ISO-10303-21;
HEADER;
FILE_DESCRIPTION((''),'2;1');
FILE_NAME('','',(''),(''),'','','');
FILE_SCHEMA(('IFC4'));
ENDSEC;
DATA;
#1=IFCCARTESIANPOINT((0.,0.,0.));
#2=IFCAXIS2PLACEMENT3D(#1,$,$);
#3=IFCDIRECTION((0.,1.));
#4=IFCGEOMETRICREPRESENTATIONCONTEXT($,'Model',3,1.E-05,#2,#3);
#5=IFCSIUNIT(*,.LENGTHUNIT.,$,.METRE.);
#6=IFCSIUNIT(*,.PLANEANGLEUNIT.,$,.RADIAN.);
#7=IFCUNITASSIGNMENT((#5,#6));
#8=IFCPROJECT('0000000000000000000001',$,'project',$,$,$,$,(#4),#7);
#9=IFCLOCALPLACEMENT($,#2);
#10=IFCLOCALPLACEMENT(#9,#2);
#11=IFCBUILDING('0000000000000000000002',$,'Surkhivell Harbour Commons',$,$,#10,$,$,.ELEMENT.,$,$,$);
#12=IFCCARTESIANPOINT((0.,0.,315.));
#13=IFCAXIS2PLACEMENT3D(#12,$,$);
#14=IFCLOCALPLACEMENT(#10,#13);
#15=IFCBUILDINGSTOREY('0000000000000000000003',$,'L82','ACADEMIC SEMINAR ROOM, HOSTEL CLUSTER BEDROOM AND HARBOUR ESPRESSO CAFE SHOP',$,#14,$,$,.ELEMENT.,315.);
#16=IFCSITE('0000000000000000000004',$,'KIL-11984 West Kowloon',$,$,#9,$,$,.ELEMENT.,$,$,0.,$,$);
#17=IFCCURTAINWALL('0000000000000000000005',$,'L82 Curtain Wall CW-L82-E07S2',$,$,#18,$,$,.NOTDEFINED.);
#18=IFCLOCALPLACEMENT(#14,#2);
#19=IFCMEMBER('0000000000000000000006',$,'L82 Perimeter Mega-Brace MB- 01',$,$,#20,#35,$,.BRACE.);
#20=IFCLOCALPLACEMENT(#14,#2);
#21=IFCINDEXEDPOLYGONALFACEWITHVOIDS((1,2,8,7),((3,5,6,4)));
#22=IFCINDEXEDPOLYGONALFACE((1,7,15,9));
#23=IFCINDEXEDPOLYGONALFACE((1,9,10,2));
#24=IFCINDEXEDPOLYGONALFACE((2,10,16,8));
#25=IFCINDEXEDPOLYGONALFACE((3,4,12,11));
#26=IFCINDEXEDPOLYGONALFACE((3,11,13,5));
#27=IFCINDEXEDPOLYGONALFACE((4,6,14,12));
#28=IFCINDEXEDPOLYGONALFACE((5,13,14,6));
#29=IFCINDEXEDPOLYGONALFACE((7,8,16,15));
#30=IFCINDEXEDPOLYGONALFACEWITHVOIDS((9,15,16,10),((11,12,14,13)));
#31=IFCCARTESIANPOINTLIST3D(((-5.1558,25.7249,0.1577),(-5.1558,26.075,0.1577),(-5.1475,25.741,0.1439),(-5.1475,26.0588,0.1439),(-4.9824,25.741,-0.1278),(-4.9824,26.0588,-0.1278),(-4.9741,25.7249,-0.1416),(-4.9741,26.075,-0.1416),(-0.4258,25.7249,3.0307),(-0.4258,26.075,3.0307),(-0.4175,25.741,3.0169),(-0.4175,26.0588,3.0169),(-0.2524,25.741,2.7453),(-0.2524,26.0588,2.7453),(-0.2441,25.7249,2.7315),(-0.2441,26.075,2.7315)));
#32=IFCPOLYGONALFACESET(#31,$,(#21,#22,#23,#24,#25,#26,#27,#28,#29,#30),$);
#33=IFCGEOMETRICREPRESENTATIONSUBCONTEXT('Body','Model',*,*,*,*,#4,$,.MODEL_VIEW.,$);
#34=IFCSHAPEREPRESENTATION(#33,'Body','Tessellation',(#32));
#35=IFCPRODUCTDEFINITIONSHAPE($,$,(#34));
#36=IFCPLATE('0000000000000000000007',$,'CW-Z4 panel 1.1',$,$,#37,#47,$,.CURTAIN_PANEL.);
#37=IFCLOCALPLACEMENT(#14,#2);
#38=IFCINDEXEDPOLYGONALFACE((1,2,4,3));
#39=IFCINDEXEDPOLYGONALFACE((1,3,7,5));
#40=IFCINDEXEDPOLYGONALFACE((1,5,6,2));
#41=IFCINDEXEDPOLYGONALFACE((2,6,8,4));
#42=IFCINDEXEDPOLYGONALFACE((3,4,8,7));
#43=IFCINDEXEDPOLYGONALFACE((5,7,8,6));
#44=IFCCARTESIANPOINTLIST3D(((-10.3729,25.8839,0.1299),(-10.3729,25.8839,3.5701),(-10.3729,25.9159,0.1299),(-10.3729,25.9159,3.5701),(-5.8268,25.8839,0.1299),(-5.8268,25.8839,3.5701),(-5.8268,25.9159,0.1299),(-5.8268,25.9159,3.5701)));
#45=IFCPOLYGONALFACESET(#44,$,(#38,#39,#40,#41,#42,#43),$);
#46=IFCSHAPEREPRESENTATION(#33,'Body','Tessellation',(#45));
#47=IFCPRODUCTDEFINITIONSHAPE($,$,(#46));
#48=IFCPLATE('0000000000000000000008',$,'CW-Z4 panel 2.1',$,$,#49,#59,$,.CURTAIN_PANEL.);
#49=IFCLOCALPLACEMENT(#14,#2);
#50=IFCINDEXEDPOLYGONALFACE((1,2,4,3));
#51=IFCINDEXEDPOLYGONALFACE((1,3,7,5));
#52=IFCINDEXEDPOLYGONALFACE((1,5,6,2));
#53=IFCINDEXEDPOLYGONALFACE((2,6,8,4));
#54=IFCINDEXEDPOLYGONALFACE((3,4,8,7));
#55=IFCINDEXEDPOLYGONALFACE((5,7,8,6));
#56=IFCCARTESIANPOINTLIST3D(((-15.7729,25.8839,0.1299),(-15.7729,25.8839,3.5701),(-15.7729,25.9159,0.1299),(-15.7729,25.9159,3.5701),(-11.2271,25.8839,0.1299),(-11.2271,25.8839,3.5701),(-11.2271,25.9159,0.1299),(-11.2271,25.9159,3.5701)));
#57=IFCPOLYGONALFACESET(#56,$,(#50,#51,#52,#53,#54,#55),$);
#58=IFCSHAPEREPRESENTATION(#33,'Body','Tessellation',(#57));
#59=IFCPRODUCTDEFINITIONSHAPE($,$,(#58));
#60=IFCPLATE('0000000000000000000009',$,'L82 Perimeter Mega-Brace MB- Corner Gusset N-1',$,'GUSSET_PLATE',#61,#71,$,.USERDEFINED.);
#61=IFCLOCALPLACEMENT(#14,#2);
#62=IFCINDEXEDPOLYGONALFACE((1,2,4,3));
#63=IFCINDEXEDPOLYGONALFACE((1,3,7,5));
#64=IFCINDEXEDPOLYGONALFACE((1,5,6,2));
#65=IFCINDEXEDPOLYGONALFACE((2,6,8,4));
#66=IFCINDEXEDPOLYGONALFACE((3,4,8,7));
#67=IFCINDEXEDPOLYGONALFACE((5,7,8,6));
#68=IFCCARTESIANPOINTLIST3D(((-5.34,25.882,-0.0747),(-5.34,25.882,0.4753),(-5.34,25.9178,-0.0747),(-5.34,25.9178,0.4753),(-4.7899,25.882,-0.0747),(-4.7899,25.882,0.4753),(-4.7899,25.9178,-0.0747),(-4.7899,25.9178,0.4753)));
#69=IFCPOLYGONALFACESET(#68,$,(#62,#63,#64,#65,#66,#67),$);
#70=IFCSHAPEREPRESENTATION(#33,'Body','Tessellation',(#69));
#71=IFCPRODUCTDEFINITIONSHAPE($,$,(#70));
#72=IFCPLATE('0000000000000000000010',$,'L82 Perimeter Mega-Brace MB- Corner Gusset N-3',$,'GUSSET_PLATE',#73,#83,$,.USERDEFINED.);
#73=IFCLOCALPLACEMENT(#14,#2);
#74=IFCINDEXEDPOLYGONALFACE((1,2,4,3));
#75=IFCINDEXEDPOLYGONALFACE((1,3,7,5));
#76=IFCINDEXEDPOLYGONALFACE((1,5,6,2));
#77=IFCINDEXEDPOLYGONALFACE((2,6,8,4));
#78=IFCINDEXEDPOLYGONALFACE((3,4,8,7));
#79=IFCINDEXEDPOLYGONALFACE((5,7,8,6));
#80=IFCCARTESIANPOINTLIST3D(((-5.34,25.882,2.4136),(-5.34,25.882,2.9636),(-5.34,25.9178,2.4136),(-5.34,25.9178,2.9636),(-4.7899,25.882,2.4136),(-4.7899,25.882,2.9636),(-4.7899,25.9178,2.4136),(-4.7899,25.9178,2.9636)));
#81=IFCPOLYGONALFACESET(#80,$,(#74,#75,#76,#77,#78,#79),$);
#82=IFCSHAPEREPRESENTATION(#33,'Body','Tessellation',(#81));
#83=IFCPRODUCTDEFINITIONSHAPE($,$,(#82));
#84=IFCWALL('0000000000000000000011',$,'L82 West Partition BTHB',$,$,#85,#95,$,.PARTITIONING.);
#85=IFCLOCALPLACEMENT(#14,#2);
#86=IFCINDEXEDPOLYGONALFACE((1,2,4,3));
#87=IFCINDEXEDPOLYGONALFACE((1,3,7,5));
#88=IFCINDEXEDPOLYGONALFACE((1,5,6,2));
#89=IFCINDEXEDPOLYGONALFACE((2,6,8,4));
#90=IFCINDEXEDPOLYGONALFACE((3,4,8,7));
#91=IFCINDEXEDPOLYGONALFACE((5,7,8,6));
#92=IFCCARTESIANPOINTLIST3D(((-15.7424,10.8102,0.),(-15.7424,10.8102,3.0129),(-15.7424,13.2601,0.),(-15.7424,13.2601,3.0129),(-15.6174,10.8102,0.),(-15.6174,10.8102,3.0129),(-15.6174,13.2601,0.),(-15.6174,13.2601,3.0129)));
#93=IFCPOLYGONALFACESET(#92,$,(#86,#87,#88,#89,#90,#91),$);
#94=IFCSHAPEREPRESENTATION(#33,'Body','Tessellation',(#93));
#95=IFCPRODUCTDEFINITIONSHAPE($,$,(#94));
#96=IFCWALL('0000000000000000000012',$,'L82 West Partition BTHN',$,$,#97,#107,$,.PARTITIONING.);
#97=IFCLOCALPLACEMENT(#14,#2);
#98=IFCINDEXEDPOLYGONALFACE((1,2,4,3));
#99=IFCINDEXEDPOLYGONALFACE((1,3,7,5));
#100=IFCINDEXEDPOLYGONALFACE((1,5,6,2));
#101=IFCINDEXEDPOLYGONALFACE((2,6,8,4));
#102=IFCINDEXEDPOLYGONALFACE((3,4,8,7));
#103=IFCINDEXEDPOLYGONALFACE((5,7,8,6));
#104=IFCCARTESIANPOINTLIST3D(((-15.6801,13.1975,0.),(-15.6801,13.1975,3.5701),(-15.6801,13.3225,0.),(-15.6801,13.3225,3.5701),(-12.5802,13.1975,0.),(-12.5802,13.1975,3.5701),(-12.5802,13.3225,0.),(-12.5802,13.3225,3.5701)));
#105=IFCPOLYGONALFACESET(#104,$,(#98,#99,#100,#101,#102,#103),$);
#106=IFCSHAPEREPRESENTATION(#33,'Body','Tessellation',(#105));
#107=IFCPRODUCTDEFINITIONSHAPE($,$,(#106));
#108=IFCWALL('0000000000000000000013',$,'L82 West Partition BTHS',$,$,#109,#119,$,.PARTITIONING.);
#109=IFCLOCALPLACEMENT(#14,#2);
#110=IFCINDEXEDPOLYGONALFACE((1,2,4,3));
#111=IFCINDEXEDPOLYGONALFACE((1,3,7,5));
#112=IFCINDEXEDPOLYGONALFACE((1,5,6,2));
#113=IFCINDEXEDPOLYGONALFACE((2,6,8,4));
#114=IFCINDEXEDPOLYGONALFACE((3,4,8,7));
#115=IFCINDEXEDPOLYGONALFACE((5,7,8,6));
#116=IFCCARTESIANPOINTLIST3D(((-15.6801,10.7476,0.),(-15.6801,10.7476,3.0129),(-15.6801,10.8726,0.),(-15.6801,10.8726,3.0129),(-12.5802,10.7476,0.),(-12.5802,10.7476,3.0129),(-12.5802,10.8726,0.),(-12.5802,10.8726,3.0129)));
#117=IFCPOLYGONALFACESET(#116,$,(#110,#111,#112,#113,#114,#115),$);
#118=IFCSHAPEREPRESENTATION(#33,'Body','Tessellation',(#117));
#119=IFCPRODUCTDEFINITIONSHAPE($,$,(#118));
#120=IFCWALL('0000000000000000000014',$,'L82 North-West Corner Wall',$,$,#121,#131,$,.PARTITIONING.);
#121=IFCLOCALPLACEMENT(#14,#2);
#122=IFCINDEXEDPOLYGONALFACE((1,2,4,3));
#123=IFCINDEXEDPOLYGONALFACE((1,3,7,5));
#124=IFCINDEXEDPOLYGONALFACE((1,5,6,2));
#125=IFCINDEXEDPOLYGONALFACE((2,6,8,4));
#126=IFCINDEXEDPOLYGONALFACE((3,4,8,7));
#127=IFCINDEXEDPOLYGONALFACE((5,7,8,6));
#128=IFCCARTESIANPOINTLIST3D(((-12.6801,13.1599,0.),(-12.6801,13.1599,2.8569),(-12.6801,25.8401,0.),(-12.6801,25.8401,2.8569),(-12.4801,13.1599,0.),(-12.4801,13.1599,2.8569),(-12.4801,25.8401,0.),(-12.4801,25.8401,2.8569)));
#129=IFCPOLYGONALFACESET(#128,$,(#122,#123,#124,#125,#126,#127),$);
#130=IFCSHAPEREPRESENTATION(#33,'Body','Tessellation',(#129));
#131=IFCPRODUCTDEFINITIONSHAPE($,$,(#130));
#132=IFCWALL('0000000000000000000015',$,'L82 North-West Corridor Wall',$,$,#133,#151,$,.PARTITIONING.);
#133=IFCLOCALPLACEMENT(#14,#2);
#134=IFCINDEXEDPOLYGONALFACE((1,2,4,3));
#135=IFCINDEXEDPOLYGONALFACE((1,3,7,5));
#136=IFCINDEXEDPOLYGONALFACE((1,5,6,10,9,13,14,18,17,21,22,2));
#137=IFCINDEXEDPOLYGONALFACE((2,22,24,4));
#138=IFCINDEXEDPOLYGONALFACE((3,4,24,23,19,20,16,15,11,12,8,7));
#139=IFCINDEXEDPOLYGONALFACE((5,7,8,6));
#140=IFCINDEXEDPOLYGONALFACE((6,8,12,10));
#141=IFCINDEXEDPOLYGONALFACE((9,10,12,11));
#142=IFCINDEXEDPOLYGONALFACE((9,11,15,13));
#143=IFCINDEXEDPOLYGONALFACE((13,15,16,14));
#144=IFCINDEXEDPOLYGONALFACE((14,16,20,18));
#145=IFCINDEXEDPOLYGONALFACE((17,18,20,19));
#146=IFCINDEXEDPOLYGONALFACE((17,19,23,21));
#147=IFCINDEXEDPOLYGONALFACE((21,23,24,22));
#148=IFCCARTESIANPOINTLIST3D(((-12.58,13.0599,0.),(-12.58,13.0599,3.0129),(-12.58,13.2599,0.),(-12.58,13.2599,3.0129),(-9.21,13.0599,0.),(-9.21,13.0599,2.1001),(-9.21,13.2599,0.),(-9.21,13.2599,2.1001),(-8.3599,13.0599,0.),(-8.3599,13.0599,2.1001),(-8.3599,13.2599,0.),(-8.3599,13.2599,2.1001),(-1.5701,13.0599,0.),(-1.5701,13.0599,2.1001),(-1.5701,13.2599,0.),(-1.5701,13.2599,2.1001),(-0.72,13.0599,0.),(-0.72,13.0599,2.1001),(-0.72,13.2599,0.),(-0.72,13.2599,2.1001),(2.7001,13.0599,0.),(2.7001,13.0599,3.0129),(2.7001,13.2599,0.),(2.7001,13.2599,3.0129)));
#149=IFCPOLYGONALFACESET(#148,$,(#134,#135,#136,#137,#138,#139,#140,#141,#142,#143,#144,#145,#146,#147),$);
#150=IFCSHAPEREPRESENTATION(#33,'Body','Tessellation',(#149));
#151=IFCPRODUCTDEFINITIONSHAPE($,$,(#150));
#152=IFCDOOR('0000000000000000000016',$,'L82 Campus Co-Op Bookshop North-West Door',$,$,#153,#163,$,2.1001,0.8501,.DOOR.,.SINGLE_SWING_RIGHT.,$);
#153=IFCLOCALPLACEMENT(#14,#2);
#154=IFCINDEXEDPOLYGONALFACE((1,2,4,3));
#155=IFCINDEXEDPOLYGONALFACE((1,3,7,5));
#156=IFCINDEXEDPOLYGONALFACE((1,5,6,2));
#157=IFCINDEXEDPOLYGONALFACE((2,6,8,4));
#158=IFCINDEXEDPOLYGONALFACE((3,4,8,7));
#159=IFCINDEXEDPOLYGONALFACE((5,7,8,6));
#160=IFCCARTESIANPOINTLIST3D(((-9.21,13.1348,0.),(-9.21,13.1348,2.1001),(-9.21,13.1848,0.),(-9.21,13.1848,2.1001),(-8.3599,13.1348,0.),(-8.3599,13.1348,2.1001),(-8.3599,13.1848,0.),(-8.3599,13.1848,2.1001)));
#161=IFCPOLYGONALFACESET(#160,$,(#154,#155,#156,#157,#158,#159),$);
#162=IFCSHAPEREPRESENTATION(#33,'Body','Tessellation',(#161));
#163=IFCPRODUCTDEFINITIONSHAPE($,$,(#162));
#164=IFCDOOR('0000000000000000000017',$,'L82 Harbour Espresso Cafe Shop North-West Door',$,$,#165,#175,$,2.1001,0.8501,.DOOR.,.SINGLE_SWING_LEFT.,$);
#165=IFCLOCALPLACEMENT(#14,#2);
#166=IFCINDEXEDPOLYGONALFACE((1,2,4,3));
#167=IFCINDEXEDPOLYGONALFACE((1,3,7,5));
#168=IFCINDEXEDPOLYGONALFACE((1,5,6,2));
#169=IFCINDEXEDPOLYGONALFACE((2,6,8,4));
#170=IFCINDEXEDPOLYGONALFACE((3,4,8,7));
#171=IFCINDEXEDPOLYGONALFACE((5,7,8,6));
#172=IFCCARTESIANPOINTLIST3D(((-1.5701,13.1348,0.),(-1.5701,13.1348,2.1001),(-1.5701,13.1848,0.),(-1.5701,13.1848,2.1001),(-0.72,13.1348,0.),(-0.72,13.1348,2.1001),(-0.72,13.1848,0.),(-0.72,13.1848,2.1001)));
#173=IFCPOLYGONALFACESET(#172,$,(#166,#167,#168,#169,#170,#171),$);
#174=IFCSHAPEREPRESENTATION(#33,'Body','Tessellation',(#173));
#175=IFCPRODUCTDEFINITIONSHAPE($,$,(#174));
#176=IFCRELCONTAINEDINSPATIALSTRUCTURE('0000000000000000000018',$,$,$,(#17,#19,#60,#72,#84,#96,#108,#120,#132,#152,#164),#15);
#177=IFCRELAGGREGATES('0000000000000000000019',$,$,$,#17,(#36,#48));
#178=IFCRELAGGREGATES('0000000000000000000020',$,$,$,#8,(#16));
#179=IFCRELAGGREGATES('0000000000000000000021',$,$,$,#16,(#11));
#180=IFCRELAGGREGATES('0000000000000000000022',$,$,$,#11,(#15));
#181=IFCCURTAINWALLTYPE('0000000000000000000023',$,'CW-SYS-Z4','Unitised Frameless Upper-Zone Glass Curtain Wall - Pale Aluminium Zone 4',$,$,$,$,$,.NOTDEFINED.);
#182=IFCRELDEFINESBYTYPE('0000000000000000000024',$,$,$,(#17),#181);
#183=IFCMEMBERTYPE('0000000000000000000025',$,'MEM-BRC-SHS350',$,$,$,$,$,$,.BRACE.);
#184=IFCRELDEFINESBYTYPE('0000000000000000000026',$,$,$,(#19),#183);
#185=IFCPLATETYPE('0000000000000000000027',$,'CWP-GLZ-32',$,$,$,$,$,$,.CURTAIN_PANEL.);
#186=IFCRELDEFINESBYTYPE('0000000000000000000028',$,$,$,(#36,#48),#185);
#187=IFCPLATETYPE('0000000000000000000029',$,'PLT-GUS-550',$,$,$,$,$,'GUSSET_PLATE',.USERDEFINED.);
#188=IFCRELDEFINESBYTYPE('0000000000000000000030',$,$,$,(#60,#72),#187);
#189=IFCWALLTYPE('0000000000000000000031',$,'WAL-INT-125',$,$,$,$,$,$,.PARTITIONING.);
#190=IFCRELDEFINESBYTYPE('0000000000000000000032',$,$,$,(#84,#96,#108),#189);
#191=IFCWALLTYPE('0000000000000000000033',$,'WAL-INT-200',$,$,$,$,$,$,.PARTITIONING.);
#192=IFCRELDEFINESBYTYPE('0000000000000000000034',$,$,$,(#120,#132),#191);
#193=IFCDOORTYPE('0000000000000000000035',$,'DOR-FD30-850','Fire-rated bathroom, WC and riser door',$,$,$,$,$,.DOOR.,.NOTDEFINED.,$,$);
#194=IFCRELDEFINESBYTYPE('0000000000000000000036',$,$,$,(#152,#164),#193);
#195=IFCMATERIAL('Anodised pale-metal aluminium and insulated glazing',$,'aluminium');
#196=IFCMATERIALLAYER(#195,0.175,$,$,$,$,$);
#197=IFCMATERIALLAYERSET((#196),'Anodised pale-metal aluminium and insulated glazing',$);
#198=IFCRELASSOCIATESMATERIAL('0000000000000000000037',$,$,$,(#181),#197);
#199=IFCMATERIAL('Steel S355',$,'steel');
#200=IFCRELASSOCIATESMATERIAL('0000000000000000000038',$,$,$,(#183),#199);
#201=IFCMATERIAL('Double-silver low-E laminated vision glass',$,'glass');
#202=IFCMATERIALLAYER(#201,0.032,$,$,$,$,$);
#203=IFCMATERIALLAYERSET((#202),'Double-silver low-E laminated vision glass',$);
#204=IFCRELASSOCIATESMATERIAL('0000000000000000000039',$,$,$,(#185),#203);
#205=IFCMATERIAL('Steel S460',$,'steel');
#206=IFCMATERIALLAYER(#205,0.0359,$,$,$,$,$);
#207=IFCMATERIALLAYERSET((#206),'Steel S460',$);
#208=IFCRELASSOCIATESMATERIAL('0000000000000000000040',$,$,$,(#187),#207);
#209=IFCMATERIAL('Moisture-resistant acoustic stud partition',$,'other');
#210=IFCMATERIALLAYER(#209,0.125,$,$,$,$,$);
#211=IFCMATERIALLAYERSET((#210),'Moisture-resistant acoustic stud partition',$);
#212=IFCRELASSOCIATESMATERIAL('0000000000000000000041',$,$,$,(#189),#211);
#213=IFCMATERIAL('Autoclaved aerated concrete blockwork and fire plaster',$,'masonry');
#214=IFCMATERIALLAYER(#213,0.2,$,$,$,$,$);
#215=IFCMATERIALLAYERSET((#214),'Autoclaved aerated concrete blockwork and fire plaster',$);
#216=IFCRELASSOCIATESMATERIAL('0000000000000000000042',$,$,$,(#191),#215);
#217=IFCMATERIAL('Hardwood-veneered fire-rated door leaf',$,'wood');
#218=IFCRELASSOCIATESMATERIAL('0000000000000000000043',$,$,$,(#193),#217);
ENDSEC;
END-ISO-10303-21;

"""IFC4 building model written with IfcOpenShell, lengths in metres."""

from ifc_helpers import new_model, si_unit, direction, frame, frame_2d, origin, origin_2d, place, context, subcontext, project, spatial, rectangle, hollow_rectangle, extrude, material, layer, layer_set, material_profile, profile_set, type_object, element, fill, aggregate, save


model = new_model("IFC4")

# Units and contexts
model_context = context("Model", 3, precision=1e-05, world=origin(), true_north=direction((0.0, 1.0)))
body_context = subcontext(model_context, "Body", "Model", "MODEL_VIEW")
ifc_project = project(units=[si_unit("LENGTHUNIT", "METRE"), si_unit("PLANEANGLEUNIT", "RADIAN")], contexts=[model_context])

# Site, building, storey
site_placement = place(None, origin())
site = spatial("IfcSite", under=ifc_project, at=site_placement, Name="KIL-11984 West Kowloon", CompositionType="ELEMENT", RefElevation=0.0)
building_placement = place(site_placement, origin())
building = spatial("IfcBuilding", under=site, at=building_placement, Name="Surkhivell Harbour Commons", CompositionType="ELEMENT")
storey_placement = place(building_placement, frame((0.0, 0.0, 315.0)))
storey = spatial("IfcBuildingStorey", under=building, at=storey_placement, Name="L82", Description="ACADEMIC SEMINAR ROOM, HOSTEL CLUSTER BEDROOM AND HARBOUR ESPRESSO CAFE SHOP", CompositionType="ELEMENT", Elevation=315.0)

# Shared definitions
ifc_material_1 = material(Name="Steel S355", Category="steel")

# Curtain wall
ifc_material_2 = material(Name="Anodised pale-metal aluminium and insulated glazing", Category="aluminium")
ifc_layer_1 = layer(ifc_material_2, 0.175)
ifc_layer_set_1 = layer_set([ifc_layer_1], Name="Anodised pale-metal aluminium and insulated glazing")
curtain_wall_type = type_object("IfcCurtainWallType", Name="CW-SYS-Z4", Description="Unitised Frameless Upper-Zone Glass Curtain Wall - Pale Aluminium Zone 4", PredefinedType="NOTDEFINED", material=ifc_layer_set_1)
curtain_wall_placement = place(storey_placement, origin())
curtain_wall = element("IfcCurtainWall", 1, at=curtain_wall_placement, inside=storey, type_object=curtain_wall_type, Name="L82 Curtain Wall CW-L82-E07S2", PredefinedType="NOTDEFINED")

# Member
ifc_material_profile_1 = material_profile(ifc_material_1, hollow_rectangle(XDim=0.3501, YDim=0.3501, WallThickness=0.0161, at=origin_2d()), Name="SHS350x350x16")
ifc_profile_set_1 = profile_set([ifc_material_profile_1], Name="Steel S355")
member_type_1 = type_object("IfcMemberType", Name="MEM-BRC-SHS350", PredefinedType="BRACE", material=ifc_profile_set_1)
member_1_placement = place(storey_placement, frame((-5.0649, 25.8999, 0.0081), z_axis=(0.854685, 0.0, 0.519146), x_axis=(0.0, 1.0, 0.0)))
element("IfcMember", 2, at=member_1_placement, inside=storey, type_object=member_type_1, Name="L82 Perimeter Mega-Brace MB- 01", PredefinedType="BRACE", context=body_context, shape_type="SweptSolid", body=[
    extrude(hollow_rectangle(XDim=0.3501, YDim=0.3501, WallThickness=0.0161, at=origin_2d()), origin(), (0.0, 0.0, 1.0), 5.5342),
])

# Plates
ifc_material_3 = material(Name="Double-silver low-E laminated vision glass", Category="glass")
ifc_layer_2 = layer(ifc_material_3, 0.032)
ifc_layer_set_2 = layer_set([ifc_layer_2], Name="Double-silver low-E laminated vision glass")
plate_type_1 = type_object("IfcPlateType", Name="CWP-GLZ-32", PredefinedType="CURTAIN_PANEL", material=ifc_layer_set_2)
plate_1_placement = place(storey_placement, frame((-5.8269, 25.8999, 0.1299), z_axis=(0.0, 0.0, 1.0), x_axis=(-1.0, 0.0, 0.0)))
plate_1 = element("IfcPlate", 3, at=plate_1_placement, type_object=plate_type_1, Name="CW-Z4 panel 1.1", PredefinedType="CURTAIN_PANEL", context=body_context, shape_type="SweptSolid", body=[
    extrude(rectangle(XDim=4.5461, YDim=0.032, at=frame_2d((2.2729, 0.0))), origin(), (0.0, 0.0, 1.0), 3.4402),
])
plate_2_placement = place(storey_placement, frame((-11.2271, 25.8999, 0.1299), z_axis=(0.0, 0.0, 1.0), x_axis=(-1.0, 0.0, 0.0)))
plate_2 = element("IfcPlate", 4, at=plate_2_placement, type_object=plate_type_1, Name="CW-Z4 panel 2.1", PredefinedType="CURTAIN_PANEL", context=body_context, shape_type="SweptSolid", body=[
    extrude(rectangle(XDim=4.5459, YDim=0.032, at=frame_2d((2.2729, 0.0))), origin(), (0.0, 0.0, 1.0), 3.4402),
])
aggregate(curtain_wall, [plate_1, plate_2])

# Plates
ifc_material_4 = material(Name="Steel S460", Category="steel")
ifc_layer_3 = layer(ifc_material_4, 0.0359)
ifc_layer_set_3 = layer_set([ifc_layer_3], Name="Steel S460")
plate_type_2 = type_object("IfcPlateType", Name="PLT-GUS-550", ElementType="GUSSET_PLATE", PredefinedType="USERDEFINED", material=ifc_layer_set_3)
for number, where, z_axis, x_axis, name in (
    (5, (-5.0649, 25.8999, -0.0747), (0.0, 0.0, 1.0), (1.0, 0.0, 0.0), "L82 Perimeter Mega-Brace MB- Corner Gusset N-1"),
    (6, (-5.0649, 25.8999, 2.4136), (0.0, 0.0, 1.0), (1.0, 0.0, 0.0), "L82 Perimeter Mega-Brace MB- Corner Gusset N-3"),
):
    element("IfcPlate", number, at=place(storey_placement, frame(where, z_axis=z_axis, x_axis=x_axis)), inside=storey, type_object=plate_type_2, Name=name, ObjectType="GUSSET_PLATE", PredefinedType="USERDEFINED", context=body_context, shape_type="SweptSolid", body=[
        extrude(rectangle(XDim=0.55, YDim=0.0359, at=origin_2d()), origin(), (0.0, 0.0, 1.0), 0.55),
    ])

# Walls
ifc_material_5 = material(Name="Moisture-resistant acoustic stud partition", Category="other")
ifc_layer_4 = layer(ifc_material_5, 0.125)
ifc_layer_set_4 = layer_set([ifc_layer_4], Name="Moisture-resistant acoustic stud partition")
wall_type_1 = type_object("IfcWallType", Name="WAL-INT-125", PredefinedType="PARTITIONING", material=ifc_layer_set_4)
wall_1_placement = place(storey_placement, frame((-15.6799, 10.8101, 0.0), z_axis=(0.0, 0.0, 1.0), x_axis=(0.0, 1.0, 0.0)))
element("IfcWall", 7, at=wall_1_placement, inside=storey, type_object=wall_type_1, Name="L82 West Partition BTHB", PredefinedType="PARTITIONING", context=body_context, shape_type="SweptSolid", body=[
    extrude(rectangle(XDim=2.45, YDim=0.125, at=frame_2d((1.2251, 0.0))), origin(), (0.0, 0.0, 1.0), 3.0129),
])
wall_2_placement = place(storey_placement, frame((-15.6799, 13.26, 0.0), z_axis=(0.0, 0.0, 1.0), x_axis=(1.0, 0.0, 0.0)))
element("IfcWall", 8, at=wall_2_placement, inside=storey, type_object=wall_type_1, Name="L82 West Partition BTHN", PredefinedType="PARTITIONING", context=body_context, shape_type="SweptSolid", body=[
    extrude(rectangle(XDim=3.0999, YDim=0.125, at=frame_2d((1.5498, 0.0))), origin(), (0.0, 0.0, 1.0), 3.5701),
])
wall_3_placement = place(storey_placement, frame((-15.6799, 10.8101, 0.0), z_axis=(0.0, 0.0, 1.0), x_axis=(1.0, 0.0, 0.0)))
element("IfcWall", 9, at=wall_3_placement, inside=storey, type_object=wall_type_1, Name="L82 West Partition BTHS", PredefinedType="PARTITIONING", context=body_context, shape_type="SweptSolid", body=[
    extrude(rectangle(XDim=3.0999, YDim=0.125, at=frame_2d((1.5498, 0.0))), origin(), (0.0, 0.0, 1.0), 3.0129),
])
ifc_material_6 = material(Name="Autoclaved aerated concrete blockwork and fire plaster", Category="masonry")
ifc_layer_5 = layer(ifc_material_6, 0.2)
ifc_layer_set_5 = layer_set([ifc_layer_5], Name="Autoclaved aerated concrete blockwork and fire plaster")
wall_type_2 = type_object("IfcWallType", Name="WAL-INT-200", PredefinedType="PARTITIONING", material=ifc_layer_set_5)
wall_4_placement = place(storey_placement, frame((-12.5801, 13.1599, 0.0), z_axis=(0.0, 0.0, 1.0), x_axis=(0.0, 1.0, 0.0)))
element("IfcWall", 10, at=wall_4_placement, inside=storey, type_object=wall_type_2, Name="L82 North-West Corner Wall", PredefinedType="PARTITIONING", context=body_context, shape_type="SweptSolid", body=[
    extrude(rectangle(XDim=12.6802, YDim=0.2, at=frame_2d((6.3401, 0.0))), origin(), (0.0, 0.0, 1.0), 2.8569),
])

# Wall, openings, doors
wall_5_placement = place(storey_placement, frame((-12.5801, 13.1599, 0.0), z_axis=(0.0, 0.0, 1.0), x_axis=(1.0, 0.0, 0.0)))
wall_5 = element("IfcWall", 11, at=wall_5_placement, inside=storey, type_object=wall_type_2, Name="L82 North-West Corridor Wall", PredefinedType="PARTITIONING", context=body_context, shape_type="SweptSolid", body=[
    extrude(rectangle(XDim=15.28, YDim=0.2, at=frame_2d((7.6401, 0.0))), origin(), (0.0, 0.0, 1.0), 3.0129),
])
opening_1_placement = place(wall_5_placement, frame((3.3701, 0.0, 0.0)))
opening_1 = element("IfcOpeningElement", 12, at=opening_1_placement, cuts=wall_5, PredefinedType="OPENING", context=body_context, shape_type="SweptSolid", body=[
    extrude(rectangle(XDim=0.8501, YDim=2.1001, at=frame_2d((0.425, 1.05))), frame((0.0, 0.1099, 0.0), z_axis=(0.0, -1.0, 0.0), x_axis=(1.0, 0.0, 0.0)), (0.0, 0.0, 1.0), 0.22),
])
opening_2_placement = place(wall_5_placement, frame((11.01, 0.0, 0.0)))
opening_2 = element("IfcOpeningElement", 13, at=opening_2_placement, cuts=wall_5, PredefinedType="OPENING", context=body_context, shape_type="SweptSolid", body=[
    extrude(rectangle(XDim=0.8501, YDim=2.1001, at=frame_2d((0.425, 1.05))), frame((0.0, 0.1099, 0.0), z_axis=(0.0, -1.0, 0.0), x_axis=(1.0, 0.0, 0.0)), (0.0, 0.0, 1.0), 0.22),
])
ifc_material_7 = material(Name="Hardwood-veneered fire-rated door leaf", Category="wood")
door_type = type_object("IfcDoorType", Name="DOR-FD30-850", Description="Fire-rated bathroom, WC and riser door", OperationType="NOTDEFINED", PredefinedType="DOOR", material=ifc_material_7)
door_1_placement = place(opening_1_placement, origin())
door_1 = element("IfcDoor", 14, at=door_1_placement, inside=storey, type_object=door_type, Name="L82 Campus Co-Op Bookshop North-West Door", OperationType="SINGLE_SWING_RIGHT", OverallHeight=2.1001, OverallWidth=0.8501, PredefinedType="DOOR", context=body_context, shape_type="SweptSolid", body=[
    extrude(rectangle(XDim=0.8501, YDim=2.1001, at=frame_2d((0.425, 1.05))), frame((0.0, 0.0249, 0.0), z_axis=(0.0, -1.0, 0.0), x_axis=(1.0, 0.0, 0.0)), (0.0, 0.0, 1.0), 0.05),
])
fill(opening_1, door_1)
door_2_placement = place(opening_2_placement, origin())
door_2 = element("IfcDoor", 15, at=door_2_placement, inside=storey, type_object=door_type, Name="L82 Harbour Espresso Cafe Shop North-West Door", OperationType="SINGLE_SWING_LEFT", OverallHeight=2.1001, OverallWidth=0.8501, PredefinedType="DOOR", context=body_context, shape_type="SweptSolid", body=[
    extrude(rectangle(XDim=0.8501, YDim=2.1001, at=frame_2d((0.425, 1.05))), frame((0.0, 0.0249, 0.0), z_axis=(0.0, -1.0, 0.0), x_axis=(1.0, 0.0, 0.0)), (0.0, 0.0, 1.0), 0.05),
])
fill(opening_2, door_2)

save(model, "model.ifc")
